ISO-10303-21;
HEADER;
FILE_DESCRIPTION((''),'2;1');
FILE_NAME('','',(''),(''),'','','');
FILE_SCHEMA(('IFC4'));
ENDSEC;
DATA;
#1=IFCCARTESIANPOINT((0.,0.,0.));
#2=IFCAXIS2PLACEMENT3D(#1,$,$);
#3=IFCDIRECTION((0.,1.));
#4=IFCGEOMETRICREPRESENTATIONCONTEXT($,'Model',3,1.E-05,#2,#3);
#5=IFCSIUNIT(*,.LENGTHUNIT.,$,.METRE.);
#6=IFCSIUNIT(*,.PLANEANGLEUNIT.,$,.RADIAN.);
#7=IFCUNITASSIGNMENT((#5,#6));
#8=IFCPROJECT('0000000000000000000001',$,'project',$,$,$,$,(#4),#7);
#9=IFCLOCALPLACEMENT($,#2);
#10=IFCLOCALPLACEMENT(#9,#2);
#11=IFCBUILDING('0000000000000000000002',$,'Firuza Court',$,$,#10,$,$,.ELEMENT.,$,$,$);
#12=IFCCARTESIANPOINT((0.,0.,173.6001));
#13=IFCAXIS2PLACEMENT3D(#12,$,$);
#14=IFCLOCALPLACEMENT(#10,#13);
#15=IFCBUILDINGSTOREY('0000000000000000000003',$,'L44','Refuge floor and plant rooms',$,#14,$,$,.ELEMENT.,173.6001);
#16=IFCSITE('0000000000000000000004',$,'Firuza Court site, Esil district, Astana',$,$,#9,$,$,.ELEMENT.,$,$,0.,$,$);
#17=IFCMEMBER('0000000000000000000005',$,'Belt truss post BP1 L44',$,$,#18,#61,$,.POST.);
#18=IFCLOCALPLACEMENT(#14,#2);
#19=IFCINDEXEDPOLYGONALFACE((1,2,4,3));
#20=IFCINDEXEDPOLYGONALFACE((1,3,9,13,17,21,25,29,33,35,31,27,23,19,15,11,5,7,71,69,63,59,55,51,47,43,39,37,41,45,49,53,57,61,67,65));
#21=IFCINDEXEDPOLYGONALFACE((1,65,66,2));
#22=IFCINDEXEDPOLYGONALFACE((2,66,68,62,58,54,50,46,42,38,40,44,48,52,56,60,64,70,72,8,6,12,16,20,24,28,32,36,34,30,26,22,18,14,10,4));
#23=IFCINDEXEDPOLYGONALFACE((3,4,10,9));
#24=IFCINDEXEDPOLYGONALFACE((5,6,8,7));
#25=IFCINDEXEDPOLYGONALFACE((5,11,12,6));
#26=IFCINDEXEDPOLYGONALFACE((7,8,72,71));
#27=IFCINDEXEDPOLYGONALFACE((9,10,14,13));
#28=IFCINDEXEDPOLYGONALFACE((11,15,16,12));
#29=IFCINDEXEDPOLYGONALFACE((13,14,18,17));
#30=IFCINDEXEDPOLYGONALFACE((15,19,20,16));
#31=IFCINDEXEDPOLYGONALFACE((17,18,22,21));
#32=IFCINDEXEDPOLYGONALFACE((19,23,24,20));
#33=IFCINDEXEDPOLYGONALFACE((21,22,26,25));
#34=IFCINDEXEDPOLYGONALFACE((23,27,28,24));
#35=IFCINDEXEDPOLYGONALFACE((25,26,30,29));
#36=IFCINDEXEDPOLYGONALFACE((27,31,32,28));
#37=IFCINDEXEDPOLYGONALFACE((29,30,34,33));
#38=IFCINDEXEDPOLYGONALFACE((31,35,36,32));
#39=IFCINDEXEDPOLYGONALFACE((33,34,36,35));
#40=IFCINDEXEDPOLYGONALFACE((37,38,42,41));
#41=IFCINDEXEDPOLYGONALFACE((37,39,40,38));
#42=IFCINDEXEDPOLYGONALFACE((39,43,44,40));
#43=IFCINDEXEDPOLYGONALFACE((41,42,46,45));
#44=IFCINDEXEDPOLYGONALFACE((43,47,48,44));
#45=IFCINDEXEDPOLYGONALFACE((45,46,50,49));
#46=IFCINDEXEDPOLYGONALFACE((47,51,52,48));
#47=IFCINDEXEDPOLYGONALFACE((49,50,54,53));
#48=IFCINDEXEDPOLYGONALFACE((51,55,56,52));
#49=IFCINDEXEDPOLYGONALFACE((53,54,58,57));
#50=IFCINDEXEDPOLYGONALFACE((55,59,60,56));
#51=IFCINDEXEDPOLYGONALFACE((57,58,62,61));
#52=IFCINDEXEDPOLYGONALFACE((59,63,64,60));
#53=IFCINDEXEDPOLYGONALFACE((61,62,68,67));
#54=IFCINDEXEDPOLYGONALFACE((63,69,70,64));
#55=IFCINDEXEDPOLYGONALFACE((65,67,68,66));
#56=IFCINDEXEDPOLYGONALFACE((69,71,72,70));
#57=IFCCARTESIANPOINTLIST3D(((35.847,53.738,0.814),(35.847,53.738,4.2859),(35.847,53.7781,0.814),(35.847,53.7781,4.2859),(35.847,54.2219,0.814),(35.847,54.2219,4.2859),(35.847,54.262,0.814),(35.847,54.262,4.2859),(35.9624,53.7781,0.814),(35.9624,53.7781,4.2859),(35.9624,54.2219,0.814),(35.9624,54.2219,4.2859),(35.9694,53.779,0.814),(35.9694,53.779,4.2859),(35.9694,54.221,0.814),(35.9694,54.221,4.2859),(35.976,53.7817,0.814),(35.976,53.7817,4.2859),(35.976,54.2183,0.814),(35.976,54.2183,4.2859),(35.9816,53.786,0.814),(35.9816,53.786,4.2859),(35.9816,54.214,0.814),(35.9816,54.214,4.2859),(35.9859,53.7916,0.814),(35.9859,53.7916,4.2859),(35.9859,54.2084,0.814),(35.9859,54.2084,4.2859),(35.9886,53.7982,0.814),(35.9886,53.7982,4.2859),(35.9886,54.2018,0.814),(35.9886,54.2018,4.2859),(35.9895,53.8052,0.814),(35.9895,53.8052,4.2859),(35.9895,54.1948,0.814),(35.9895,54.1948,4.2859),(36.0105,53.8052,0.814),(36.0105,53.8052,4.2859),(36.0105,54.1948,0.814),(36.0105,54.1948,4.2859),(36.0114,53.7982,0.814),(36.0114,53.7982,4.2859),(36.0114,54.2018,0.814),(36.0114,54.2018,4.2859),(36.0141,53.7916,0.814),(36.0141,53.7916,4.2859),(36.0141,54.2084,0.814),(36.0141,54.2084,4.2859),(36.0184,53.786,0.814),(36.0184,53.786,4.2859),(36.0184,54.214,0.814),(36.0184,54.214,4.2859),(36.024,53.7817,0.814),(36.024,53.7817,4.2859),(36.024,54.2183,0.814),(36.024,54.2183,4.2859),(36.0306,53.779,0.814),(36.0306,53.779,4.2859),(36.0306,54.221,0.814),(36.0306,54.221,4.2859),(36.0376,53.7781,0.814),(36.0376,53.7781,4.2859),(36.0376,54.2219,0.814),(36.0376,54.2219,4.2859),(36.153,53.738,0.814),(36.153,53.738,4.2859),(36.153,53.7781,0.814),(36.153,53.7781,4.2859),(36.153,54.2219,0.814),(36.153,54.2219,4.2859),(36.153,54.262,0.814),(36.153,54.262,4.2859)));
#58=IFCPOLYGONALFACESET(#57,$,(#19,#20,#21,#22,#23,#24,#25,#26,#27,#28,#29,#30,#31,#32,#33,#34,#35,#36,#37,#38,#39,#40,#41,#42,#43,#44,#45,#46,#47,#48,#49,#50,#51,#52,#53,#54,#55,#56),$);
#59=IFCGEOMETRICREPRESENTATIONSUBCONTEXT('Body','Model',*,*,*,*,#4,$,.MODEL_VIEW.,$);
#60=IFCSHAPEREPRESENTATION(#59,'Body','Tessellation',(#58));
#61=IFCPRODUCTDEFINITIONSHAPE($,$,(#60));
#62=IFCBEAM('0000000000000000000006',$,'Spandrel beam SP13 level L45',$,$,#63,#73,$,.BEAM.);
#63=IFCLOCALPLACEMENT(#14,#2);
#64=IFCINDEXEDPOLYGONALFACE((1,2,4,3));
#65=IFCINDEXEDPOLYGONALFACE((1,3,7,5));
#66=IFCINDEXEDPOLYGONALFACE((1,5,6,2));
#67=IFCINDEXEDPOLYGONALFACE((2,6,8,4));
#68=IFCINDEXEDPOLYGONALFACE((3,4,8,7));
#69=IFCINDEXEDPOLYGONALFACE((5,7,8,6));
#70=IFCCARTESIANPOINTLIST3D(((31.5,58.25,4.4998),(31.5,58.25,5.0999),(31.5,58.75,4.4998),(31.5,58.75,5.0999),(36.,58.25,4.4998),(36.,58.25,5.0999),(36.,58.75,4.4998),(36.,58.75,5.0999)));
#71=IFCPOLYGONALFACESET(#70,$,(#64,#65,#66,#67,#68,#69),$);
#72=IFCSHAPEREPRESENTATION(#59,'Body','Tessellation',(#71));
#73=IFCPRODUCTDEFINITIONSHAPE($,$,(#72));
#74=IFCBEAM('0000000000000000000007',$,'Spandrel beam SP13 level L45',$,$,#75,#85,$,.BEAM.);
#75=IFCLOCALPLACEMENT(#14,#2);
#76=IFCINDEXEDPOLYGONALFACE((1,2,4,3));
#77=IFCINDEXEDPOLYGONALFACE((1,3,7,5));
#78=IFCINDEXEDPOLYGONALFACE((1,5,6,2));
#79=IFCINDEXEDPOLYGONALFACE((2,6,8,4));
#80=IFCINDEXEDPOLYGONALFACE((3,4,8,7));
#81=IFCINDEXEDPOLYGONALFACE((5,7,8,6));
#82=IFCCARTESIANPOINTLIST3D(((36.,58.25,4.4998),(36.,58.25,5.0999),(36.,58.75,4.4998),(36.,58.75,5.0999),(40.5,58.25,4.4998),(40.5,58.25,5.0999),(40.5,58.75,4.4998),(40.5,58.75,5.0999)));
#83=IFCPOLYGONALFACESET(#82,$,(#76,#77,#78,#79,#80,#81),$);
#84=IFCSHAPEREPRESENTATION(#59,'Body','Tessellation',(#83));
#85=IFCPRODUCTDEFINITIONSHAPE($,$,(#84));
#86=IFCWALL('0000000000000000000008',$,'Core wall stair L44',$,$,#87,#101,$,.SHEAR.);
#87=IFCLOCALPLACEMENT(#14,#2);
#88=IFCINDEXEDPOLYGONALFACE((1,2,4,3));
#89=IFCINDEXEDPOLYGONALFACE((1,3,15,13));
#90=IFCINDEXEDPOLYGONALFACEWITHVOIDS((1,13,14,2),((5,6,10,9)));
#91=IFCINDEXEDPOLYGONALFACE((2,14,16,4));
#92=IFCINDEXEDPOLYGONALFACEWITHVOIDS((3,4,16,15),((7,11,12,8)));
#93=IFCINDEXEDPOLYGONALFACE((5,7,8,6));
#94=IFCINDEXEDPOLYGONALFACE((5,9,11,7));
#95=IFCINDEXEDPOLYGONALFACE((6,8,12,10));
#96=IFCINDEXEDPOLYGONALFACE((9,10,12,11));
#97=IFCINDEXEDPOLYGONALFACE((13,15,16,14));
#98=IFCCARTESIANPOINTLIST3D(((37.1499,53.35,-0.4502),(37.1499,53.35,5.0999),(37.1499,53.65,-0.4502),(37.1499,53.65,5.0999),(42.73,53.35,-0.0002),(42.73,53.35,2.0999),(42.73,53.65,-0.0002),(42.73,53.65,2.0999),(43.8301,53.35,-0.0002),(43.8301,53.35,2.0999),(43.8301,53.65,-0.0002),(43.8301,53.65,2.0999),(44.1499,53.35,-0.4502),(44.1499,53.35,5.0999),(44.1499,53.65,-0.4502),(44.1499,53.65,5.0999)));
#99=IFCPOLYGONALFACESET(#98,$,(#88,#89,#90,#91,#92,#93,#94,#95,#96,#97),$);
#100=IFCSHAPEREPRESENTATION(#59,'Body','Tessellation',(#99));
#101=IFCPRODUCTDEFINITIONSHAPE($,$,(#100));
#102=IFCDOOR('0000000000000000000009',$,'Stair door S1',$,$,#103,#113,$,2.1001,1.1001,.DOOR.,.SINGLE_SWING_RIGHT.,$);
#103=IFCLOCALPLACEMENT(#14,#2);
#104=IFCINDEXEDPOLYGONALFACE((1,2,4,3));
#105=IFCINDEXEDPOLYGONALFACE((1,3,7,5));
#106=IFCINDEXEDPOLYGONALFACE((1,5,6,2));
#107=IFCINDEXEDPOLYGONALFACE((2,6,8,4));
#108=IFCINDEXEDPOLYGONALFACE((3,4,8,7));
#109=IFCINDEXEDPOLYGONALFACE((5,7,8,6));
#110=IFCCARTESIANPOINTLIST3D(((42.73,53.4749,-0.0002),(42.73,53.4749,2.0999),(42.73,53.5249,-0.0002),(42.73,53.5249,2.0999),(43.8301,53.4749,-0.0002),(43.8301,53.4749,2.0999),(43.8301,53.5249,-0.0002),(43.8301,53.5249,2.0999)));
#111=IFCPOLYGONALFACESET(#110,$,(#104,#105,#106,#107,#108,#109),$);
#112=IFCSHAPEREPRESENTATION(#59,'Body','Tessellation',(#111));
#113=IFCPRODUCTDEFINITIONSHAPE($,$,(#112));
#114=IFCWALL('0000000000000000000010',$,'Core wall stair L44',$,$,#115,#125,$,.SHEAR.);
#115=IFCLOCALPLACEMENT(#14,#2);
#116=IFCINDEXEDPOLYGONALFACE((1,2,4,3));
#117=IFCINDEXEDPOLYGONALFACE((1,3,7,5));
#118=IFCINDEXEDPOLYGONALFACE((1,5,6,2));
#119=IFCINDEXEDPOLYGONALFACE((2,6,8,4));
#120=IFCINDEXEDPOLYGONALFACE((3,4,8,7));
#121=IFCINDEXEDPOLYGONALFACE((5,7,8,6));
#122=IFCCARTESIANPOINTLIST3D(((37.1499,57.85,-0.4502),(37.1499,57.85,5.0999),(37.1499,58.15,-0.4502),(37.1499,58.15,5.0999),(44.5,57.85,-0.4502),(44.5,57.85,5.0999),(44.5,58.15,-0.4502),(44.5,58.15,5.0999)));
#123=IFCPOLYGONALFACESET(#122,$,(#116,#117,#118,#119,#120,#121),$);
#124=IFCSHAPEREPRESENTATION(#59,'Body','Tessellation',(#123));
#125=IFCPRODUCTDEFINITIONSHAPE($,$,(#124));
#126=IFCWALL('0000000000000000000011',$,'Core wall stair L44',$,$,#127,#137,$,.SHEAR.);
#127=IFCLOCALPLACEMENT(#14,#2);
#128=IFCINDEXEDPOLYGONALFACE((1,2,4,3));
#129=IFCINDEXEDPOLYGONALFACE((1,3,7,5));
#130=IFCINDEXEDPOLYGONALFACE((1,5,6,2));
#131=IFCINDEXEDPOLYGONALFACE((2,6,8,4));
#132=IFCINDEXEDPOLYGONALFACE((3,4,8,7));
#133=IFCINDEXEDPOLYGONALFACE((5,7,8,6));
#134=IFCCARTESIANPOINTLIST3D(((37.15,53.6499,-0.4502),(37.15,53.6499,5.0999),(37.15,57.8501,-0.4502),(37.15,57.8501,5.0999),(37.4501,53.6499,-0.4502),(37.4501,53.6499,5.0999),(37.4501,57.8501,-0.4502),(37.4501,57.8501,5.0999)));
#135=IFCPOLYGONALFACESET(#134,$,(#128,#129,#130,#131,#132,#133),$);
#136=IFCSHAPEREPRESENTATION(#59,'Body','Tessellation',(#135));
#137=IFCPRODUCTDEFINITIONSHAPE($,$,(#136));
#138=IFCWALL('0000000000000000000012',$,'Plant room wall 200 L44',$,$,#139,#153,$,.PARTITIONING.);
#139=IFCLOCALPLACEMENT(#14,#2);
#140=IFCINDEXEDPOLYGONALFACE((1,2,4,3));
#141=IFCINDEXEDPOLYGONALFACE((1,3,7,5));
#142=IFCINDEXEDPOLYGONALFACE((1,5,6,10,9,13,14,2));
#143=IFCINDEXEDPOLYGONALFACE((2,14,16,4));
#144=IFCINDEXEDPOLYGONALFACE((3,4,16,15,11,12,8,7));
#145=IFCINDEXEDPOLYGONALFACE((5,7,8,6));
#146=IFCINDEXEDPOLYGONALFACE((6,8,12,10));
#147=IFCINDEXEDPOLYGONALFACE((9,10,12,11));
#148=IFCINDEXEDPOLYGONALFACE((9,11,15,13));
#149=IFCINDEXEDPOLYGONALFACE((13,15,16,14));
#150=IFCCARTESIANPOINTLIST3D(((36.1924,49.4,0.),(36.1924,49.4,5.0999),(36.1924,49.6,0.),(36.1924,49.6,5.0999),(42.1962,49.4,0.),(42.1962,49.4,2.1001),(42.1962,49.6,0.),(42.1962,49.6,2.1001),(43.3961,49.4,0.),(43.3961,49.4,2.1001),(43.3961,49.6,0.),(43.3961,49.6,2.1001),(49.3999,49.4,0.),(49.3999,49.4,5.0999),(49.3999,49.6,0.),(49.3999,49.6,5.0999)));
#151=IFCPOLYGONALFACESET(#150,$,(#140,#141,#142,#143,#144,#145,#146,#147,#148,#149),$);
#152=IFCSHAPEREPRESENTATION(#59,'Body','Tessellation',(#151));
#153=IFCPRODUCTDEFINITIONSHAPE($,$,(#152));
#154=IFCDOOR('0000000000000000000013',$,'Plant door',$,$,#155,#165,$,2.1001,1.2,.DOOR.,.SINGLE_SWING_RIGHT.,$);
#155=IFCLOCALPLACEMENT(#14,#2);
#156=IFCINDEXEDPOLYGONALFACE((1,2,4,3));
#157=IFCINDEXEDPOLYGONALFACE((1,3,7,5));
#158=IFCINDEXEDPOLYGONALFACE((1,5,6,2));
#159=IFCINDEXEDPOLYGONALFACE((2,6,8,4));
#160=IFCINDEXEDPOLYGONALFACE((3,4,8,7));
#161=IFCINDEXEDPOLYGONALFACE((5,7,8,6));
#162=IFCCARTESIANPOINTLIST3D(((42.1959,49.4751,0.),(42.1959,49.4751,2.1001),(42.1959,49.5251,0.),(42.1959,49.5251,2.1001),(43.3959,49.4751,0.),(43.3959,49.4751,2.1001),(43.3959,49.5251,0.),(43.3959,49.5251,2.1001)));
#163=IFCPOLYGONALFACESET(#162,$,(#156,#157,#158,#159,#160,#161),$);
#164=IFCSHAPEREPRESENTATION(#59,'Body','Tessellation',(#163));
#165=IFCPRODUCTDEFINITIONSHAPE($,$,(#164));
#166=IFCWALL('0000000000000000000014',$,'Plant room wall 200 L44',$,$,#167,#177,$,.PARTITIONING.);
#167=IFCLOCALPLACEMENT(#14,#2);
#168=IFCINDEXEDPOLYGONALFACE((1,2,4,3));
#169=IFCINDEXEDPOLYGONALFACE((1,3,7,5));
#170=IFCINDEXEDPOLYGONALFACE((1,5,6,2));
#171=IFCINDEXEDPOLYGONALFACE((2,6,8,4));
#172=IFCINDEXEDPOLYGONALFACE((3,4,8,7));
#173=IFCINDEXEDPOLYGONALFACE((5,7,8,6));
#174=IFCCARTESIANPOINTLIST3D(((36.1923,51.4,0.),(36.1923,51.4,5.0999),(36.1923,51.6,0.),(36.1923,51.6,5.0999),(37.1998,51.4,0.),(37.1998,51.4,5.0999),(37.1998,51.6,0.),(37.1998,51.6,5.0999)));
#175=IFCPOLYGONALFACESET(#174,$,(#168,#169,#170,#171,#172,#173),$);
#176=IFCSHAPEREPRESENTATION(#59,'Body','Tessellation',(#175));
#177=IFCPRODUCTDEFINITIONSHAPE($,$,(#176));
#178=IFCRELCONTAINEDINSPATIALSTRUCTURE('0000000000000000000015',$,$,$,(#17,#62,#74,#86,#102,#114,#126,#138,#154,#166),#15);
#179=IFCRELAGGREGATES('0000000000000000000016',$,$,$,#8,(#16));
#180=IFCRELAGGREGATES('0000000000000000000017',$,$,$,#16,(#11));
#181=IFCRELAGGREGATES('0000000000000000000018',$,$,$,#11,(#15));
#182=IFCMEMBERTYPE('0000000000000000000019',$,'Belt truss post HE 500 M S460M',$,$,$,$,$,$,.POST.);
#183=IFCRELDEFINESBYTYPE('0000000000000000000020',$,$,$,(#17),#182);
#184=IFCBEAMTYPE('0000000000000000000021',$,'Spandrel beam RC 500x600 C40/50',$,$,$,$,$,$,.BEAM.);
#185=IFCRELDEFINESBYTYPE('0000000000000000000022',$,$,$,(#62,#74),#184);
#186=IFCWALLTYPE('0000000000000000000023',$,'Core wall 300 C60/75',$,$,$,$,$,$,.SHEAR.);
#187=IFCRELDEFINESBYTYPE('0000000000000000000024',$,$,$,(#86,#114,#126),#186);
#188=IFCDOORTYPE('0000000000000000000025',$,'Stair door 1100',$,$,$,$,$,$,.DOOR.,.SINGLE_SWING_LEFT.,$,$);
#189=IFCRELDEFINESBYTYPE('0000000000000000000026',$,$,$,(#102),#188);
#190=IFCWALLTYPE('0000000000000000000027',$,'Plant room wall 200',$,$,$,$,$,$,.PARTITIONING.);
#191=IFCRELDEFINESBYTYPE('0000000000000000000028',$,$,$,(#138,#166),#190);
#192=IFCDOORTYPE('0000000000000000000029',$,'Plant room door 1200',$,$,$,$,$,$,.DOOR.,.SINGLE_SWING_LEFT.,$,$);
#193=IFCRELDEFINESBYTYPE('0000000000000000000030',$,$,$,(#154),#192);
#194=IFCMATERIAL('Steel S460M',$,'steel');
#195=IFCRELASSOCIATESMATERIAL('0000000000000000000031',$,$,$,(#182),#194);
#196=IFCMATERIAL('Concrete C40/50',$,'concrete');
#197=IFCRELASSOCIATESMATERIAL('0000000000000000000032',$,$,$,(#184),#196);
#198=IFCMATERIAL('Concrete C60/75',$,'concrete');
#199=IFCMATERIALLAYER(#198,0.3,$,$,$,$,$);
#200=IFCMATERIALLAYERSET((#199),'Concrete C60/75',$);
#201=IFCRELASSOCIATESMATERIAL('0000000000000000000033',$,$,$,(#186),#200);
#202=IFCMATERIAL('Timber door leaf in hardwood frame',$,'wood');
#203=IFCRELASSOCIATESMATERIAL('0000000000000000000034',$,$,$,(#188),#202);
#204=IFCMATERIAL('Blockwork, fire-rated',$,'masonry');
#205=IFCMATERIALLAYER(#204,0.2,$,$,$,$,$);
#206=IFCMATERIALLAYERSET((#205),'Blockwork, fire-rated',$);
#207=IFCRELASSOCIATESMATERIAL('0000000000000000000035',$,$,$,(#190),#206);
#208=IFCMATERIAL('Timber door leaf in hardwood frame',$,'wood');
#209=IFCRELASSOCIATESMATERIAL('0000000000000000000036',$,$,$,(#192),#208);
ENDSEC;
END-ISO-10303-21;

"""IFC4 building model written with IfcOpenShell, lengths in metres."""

from ifc_helpers import new_model, si_unit, direction, frame, frame_2d, origin, origin_2d, place, context, subcontext, project, spatial, rectangle, i_section, extrude, material, layer, layer_set, material_profile, profile_set, type_object, element, fill, save


model = new_model("IFC4")

# Units and contexts
model_context = context("Model", 3, precision=1e-05, world=origin(), true_north=direction((0.0, 1.0)))
body_context = subcontext(model_context, "Body", "Model", "MODEL_VIEW")
ifc_project = project(units=[si_unit("LENGTHUNIT", "METRE"), si_unit("PLANEANGLEUNIT", "RADIAN")], contexts=[model_context])

# Site, building, storey
site_placement = place(None, origin())
site = spatial("IfcSite", under=ifc_project, at=site_placement, Name="Firuza Court site, Esil district, Astana", CompositionType="ELEMENT", RefElevation=0.0)
building_placement = place(site_placement, origin())
building = spatial("IfcBuilding", under=site, at=building_placement, Name="Firuza Court", CompositionType="ELEMENT")
storey_placement = place(building_placement, frame((0.0, 0.0, 173.6001)))
storey = spatial("IfcBuildingStorey", under=building, at=storey_placement, Name="L44", Description="Refuge floor and plant rooms", CompositionType="ELEMENT", Elevation=173.6001)

# Member
ifc_material_1 = material(Name="Steel S460M", Category="steel")
ifc_material_profile_1 = material_profile(ifc_material_1, i_section(OverallWidth=0.3059, OverallDepth=0.5239, WebThickness=0.021, FlangeThickness=0.04, FilletRadius=0.0271, at=origin_2d()), Name="HE 500 M")
ifc_profile_set_1 = profile_set([ifc_material_profile_1], Name="Steel S460M")
member_type_1 = type_object("IfcMemberType", Name="Belt truss post HE 500 M S460M", PredefinedType="POST", material=ifc_profile_set_1)
member_1_placement = place(storey_placement, frame((36.0, 54.0, 0.814), z_axis=(0.0, 0.0, 1.0), x_axis=(1.0, 0.0, 0.0)))
element("IfcMember", 1, at=member_1_placement, inside=storey, type_object=member_type_1, Name="Belt truss post BP1 L44", PredefinedType="POST", context=body_context, shape_type="SweptSolid", body=[
    extrude(i_section(OverallWidth=0.3059, OverallDepth=0.5239, WebThickness=0.021, FlangeThickness=0.04, FilletRadius=0.0271, at=origin_2d()), origin(), (0.0, 0.0, 1.0), 3.4719),
])

# Beams
ifc_material_2 = material(Name="Concrete C40/50", Category="concrete")
ifc_material_profile_2 = material_profile(ifc_material_2, rectangle(XDim=0.5, YDim=0.6001, at=origin_2d()), Name="RC 500x600")
ifc_profile_set_2 = profile_set([ifc_material_profile_2], Name="Concrete C40/50")
beam_type = type_object("IfcBeamType", Name="Spandrel beam RC 500x600 C40/50", PredefinedType="BEAM", material=ifc_profile_set_2)
for number, where, z_axis, x_axis, name in (
    (2, (36.0, 58.5, 4.7998), (-1.0, 0.0, 0.0), (0.0, -1.0, 0.0), "Spandrel beam SP13 level L45"),
    (3, (40.5, 58.5, 4.7998), (-1.0, 0.0, 0.0), (0.0, -1.0, 0.0), "Spandrel beam SP13 level L45"),
):
    element("IfcBeam", number, at=place(storey_placement, frame(where, z_axis=z_axis, x_axis=x_axis)), inside=storey, type_object=beam_type, Name=name, PredefinedType="BEAM", context=body_context, shape_type="SweptSolid", body=[
        extrude(rectangle(XDim=0.5, YDim=0.6001, at=origin_2d()), origin(), (0.0, 0.0, 1.0), 4.5),
    ])

# Wall, opening, door
ifc_material_3 = material(Name="Concrete C60/75", Category="concrete")
ifc_layer_1 = layer(ifc_material_3, 0.3)
ifc_layer_set_1 = layer_set([ifc_layer_1], Name="Concrete C60/75")
wall_type_1 = type_object("IfcWallType", Name="Core wall 300 C60/75", PredefinedType="SHEAR", material=ifc_layer_set_1)
wall_1_placement = place(storey_placement, frame((37.1499, 53.5, -0.4502), z_axis=(0.0, 0.0, 1.0), x_axis=(1.0, 0.0, 0.0)))
wall_1 = element("IfcWall", 4, at=wall_1_placement, inside=storey, type_object=wall_type_1, Name="Core wall stair L44", PredefinedType="SHEAR", context=body_context, shape_type="SweptSolid", body=[
    extrude(rectangle(XDim=7.0, YDim=0.3, at=frame_2d((3.5, 0.0))), origin(), (0.0, 0.0, 1.0), 5.55),
])
opening_1_placement = place(wall_1_placement, frame((5.5801, 0.0, 0.45)))
opening_1 = element("IfcOpeningElement", 5, at=opening_1_placement, cuts=wall_1, PredefinedType="OPENING", context=body_context, shape_type="SweptSolid", body=[
    extrude(rectangle(XDim=1.1001, YDim=2.1001, at=frame_2d((0.55, 1.05))), frame((0.0, 0.1621, 0.0), z_axis=(0.0, -1.0, 0.0), x_axis=(1.0, 0.0, 0.0)), (0.0, 0.0, 1.0), 0.324),
])
ifc_material_4 = material(Name="Timber door leaf in hardwood frame", Category="wood")
door_type_1 = type_object("IfcDoorType", Name="Stair door 1100", OperationType="SINGLE_SWING_LEFT", PredefinedType="DOOR", material=ifc_material_4)
door_1_placement = place(opening_1_placement, origin())
door_1 = element("IfcDoor", 6, at=door_1_placement, inside=storey, type_object=door_type_1, Name="Stair door S1", OperationType="SINGLE_SWING_RIGHT", OverallHeight=2.1001, OverallWidth=1.1001, PredefinedType="DOOR", context=body_context, shape_type="SweptSolid", body=[
    extrude(rectangle(XDim=1.1001, YDim=2.1001, at=frame_2d((0.55, 1.05))), frame((0.0, 0.0249, 0.0), z_axis=(0.0, -1.0, 0.0), x_axis=(1.0, 0.0, 0.0)), (0.0, 0.0, 1.0), 0.05),
])
fill(opening_1, door_1)

# Walls
wall_2_placement = place(storey_placement, frame((37.1499, 58.0, -0.4502), z_axis=(0.0, 0.0, 1.0), x_axis=(1.0, 0.0, 0.0)))
element("IfcWall", 7, at=wall_2_placement, inside=storey, type_object=wall_type_1, Name="Core wall stair L44", PredefinedType="SHEAR", context=body_context, shape_type="SweptSolid", body=[
    extrude(rectangle(XDim=7.3501, YDim=0.3, at=frame_2d((3.675, 0.0))), origin(), (0.0, 0.0, 1.0), 5.55),
])
wall_3_placement = place(storey_placement, frame((37.3, 53.6499, -0.4502), z_axis=(0.0, 0.0, 1.0), x_axis=(0.0, 1.0, 0.0)))
element("IfcWall", 8, at=wall_3_placement, inside=storey, type_object=wall_type_1, Name="Core wall stair L44", PredefinedType="SHEAR", context=body_context, shape_type="SweptSolid", body=[
    extrude(rectangle(XDim=4.2002, YDim=0.3, at=frame_2d((2.1001, 0.0))), origin(), (0.0, 0.0, 1.0), 5.55),
])

# Wall, opening, door
ifc_material_5 = material(Name="Blockwork, fire-rated", Category="masonry")
ifc_layer_2 = layer(ifc_material_5, 0.2)
ifc_layer_set_2 = layer_set([ifc_layer_2], Name="Blockwork, fire-rated")
wall_type_2 = type_object("IfcWallType", Name="Plant room wall 200", PredefinedType="PARTITIONING", material=ifc_layer_set_2)
wall_4_placement = place(storey_placement, frame((36.1924, 49.5, 0.0), z_axis=(0.0, 0.0, 1.0), x_axis=(1.0, 0.0, 0.0)))
wall_4 = element("IfcWall", 9, at=wall_4_placement, inside=storey, type_object=wall_type_2, Name="Plant room wall 200 L44", PredefinedType="PARTITIONING", context=body_context, shape_type="SweptSolid", body=[
    extrude(rectangle(XDim=13.2075, YDim=0.2, at=frame_2d((6.6038, 0.0))), origin(), (0.0, 0.0, 1.0), 5.0999),
])
opening_2_placement = place(wall_4_placement, frame((6.0037, 0.0, 0.0)))
opening_2 = element("IfcOpeningElement", 10, at=opening_2_placement, cuts=wall_4, PredefinedType="OPENING", context=body_context, shape_type="SweptSolid", body=[
    extrude(rectangle(XDim=1.2, YDim=2.1001, at=frame_2d((0.6001, 1.05))), frame((0.0, 0.1118, 0.0), z_axis=(0.0, -1.0, 0.0), x_axis=(1.0, 0.0, 0.0)), (0.0, 0.0, 1.0), 0.2239),
])
ifc_material_6 = material(Name="Timber door leaf in hardwood frame", Category="wood")
door_type_2 = type_object("IfcDoorType", Name="Plant room door 1200", OperationType="SINGLE_SWING_LEFT", PredefinedType="DOOR", material=ifc_material_6)
door_2_placement = place(opening_2_placement, frame((1.2, 0.0, 0.0), z_axis=(0.0, 0.0, 1.0), x_axis=(-1.0, 0.0, 0.0)))
door_2 = element("IfcDoor", 11, at=door_2_placement, inside=storey, type_object=door_type_2, Name="Plant door", OperationType="SINGLE_SWING_RIGHT", OverallHeight=2.1001, OverallWidth=1.2, PredefinedType="DOOR", context=body_context, shape_type="SweptSolid", body=[
    extrude(rectangle(XDim=1.2, YDim=2.1001, at=frame_2d((0.6001, 1.05))), frame((0.0, 0.0249, 0.0), z_axis=(0.0, -1.0, 0.0), x_axis=(1.0, 0.0, 0.0)), (0.0, 0.0, 1.0), 0.05),
])
fill(opening_2, door_2)

# Wall
wall_5_placement = place(storey_placement, frame((37.2, 51.5, 0.0), z_axis=(0.0, 0.0, 1.0), x_axis=(-1.0, 0.0, 0.0)))
element("IfcWall", 12, at=wall_5_placement, inside=storey, type_object=wall_type_2, Name="Plant room wall 200 L44", PredefinedType="PARTITIONING", context=body_context, shape_type="SweptSolid", body=[
    extrude(rectangle(XDim=1.0076, YDim=0.2, at=frame_2d((0.5039, 0.0))), origin(), (0.0, 0.0, 1.0), 5.0999),
])

save(model, "model.ifc")
